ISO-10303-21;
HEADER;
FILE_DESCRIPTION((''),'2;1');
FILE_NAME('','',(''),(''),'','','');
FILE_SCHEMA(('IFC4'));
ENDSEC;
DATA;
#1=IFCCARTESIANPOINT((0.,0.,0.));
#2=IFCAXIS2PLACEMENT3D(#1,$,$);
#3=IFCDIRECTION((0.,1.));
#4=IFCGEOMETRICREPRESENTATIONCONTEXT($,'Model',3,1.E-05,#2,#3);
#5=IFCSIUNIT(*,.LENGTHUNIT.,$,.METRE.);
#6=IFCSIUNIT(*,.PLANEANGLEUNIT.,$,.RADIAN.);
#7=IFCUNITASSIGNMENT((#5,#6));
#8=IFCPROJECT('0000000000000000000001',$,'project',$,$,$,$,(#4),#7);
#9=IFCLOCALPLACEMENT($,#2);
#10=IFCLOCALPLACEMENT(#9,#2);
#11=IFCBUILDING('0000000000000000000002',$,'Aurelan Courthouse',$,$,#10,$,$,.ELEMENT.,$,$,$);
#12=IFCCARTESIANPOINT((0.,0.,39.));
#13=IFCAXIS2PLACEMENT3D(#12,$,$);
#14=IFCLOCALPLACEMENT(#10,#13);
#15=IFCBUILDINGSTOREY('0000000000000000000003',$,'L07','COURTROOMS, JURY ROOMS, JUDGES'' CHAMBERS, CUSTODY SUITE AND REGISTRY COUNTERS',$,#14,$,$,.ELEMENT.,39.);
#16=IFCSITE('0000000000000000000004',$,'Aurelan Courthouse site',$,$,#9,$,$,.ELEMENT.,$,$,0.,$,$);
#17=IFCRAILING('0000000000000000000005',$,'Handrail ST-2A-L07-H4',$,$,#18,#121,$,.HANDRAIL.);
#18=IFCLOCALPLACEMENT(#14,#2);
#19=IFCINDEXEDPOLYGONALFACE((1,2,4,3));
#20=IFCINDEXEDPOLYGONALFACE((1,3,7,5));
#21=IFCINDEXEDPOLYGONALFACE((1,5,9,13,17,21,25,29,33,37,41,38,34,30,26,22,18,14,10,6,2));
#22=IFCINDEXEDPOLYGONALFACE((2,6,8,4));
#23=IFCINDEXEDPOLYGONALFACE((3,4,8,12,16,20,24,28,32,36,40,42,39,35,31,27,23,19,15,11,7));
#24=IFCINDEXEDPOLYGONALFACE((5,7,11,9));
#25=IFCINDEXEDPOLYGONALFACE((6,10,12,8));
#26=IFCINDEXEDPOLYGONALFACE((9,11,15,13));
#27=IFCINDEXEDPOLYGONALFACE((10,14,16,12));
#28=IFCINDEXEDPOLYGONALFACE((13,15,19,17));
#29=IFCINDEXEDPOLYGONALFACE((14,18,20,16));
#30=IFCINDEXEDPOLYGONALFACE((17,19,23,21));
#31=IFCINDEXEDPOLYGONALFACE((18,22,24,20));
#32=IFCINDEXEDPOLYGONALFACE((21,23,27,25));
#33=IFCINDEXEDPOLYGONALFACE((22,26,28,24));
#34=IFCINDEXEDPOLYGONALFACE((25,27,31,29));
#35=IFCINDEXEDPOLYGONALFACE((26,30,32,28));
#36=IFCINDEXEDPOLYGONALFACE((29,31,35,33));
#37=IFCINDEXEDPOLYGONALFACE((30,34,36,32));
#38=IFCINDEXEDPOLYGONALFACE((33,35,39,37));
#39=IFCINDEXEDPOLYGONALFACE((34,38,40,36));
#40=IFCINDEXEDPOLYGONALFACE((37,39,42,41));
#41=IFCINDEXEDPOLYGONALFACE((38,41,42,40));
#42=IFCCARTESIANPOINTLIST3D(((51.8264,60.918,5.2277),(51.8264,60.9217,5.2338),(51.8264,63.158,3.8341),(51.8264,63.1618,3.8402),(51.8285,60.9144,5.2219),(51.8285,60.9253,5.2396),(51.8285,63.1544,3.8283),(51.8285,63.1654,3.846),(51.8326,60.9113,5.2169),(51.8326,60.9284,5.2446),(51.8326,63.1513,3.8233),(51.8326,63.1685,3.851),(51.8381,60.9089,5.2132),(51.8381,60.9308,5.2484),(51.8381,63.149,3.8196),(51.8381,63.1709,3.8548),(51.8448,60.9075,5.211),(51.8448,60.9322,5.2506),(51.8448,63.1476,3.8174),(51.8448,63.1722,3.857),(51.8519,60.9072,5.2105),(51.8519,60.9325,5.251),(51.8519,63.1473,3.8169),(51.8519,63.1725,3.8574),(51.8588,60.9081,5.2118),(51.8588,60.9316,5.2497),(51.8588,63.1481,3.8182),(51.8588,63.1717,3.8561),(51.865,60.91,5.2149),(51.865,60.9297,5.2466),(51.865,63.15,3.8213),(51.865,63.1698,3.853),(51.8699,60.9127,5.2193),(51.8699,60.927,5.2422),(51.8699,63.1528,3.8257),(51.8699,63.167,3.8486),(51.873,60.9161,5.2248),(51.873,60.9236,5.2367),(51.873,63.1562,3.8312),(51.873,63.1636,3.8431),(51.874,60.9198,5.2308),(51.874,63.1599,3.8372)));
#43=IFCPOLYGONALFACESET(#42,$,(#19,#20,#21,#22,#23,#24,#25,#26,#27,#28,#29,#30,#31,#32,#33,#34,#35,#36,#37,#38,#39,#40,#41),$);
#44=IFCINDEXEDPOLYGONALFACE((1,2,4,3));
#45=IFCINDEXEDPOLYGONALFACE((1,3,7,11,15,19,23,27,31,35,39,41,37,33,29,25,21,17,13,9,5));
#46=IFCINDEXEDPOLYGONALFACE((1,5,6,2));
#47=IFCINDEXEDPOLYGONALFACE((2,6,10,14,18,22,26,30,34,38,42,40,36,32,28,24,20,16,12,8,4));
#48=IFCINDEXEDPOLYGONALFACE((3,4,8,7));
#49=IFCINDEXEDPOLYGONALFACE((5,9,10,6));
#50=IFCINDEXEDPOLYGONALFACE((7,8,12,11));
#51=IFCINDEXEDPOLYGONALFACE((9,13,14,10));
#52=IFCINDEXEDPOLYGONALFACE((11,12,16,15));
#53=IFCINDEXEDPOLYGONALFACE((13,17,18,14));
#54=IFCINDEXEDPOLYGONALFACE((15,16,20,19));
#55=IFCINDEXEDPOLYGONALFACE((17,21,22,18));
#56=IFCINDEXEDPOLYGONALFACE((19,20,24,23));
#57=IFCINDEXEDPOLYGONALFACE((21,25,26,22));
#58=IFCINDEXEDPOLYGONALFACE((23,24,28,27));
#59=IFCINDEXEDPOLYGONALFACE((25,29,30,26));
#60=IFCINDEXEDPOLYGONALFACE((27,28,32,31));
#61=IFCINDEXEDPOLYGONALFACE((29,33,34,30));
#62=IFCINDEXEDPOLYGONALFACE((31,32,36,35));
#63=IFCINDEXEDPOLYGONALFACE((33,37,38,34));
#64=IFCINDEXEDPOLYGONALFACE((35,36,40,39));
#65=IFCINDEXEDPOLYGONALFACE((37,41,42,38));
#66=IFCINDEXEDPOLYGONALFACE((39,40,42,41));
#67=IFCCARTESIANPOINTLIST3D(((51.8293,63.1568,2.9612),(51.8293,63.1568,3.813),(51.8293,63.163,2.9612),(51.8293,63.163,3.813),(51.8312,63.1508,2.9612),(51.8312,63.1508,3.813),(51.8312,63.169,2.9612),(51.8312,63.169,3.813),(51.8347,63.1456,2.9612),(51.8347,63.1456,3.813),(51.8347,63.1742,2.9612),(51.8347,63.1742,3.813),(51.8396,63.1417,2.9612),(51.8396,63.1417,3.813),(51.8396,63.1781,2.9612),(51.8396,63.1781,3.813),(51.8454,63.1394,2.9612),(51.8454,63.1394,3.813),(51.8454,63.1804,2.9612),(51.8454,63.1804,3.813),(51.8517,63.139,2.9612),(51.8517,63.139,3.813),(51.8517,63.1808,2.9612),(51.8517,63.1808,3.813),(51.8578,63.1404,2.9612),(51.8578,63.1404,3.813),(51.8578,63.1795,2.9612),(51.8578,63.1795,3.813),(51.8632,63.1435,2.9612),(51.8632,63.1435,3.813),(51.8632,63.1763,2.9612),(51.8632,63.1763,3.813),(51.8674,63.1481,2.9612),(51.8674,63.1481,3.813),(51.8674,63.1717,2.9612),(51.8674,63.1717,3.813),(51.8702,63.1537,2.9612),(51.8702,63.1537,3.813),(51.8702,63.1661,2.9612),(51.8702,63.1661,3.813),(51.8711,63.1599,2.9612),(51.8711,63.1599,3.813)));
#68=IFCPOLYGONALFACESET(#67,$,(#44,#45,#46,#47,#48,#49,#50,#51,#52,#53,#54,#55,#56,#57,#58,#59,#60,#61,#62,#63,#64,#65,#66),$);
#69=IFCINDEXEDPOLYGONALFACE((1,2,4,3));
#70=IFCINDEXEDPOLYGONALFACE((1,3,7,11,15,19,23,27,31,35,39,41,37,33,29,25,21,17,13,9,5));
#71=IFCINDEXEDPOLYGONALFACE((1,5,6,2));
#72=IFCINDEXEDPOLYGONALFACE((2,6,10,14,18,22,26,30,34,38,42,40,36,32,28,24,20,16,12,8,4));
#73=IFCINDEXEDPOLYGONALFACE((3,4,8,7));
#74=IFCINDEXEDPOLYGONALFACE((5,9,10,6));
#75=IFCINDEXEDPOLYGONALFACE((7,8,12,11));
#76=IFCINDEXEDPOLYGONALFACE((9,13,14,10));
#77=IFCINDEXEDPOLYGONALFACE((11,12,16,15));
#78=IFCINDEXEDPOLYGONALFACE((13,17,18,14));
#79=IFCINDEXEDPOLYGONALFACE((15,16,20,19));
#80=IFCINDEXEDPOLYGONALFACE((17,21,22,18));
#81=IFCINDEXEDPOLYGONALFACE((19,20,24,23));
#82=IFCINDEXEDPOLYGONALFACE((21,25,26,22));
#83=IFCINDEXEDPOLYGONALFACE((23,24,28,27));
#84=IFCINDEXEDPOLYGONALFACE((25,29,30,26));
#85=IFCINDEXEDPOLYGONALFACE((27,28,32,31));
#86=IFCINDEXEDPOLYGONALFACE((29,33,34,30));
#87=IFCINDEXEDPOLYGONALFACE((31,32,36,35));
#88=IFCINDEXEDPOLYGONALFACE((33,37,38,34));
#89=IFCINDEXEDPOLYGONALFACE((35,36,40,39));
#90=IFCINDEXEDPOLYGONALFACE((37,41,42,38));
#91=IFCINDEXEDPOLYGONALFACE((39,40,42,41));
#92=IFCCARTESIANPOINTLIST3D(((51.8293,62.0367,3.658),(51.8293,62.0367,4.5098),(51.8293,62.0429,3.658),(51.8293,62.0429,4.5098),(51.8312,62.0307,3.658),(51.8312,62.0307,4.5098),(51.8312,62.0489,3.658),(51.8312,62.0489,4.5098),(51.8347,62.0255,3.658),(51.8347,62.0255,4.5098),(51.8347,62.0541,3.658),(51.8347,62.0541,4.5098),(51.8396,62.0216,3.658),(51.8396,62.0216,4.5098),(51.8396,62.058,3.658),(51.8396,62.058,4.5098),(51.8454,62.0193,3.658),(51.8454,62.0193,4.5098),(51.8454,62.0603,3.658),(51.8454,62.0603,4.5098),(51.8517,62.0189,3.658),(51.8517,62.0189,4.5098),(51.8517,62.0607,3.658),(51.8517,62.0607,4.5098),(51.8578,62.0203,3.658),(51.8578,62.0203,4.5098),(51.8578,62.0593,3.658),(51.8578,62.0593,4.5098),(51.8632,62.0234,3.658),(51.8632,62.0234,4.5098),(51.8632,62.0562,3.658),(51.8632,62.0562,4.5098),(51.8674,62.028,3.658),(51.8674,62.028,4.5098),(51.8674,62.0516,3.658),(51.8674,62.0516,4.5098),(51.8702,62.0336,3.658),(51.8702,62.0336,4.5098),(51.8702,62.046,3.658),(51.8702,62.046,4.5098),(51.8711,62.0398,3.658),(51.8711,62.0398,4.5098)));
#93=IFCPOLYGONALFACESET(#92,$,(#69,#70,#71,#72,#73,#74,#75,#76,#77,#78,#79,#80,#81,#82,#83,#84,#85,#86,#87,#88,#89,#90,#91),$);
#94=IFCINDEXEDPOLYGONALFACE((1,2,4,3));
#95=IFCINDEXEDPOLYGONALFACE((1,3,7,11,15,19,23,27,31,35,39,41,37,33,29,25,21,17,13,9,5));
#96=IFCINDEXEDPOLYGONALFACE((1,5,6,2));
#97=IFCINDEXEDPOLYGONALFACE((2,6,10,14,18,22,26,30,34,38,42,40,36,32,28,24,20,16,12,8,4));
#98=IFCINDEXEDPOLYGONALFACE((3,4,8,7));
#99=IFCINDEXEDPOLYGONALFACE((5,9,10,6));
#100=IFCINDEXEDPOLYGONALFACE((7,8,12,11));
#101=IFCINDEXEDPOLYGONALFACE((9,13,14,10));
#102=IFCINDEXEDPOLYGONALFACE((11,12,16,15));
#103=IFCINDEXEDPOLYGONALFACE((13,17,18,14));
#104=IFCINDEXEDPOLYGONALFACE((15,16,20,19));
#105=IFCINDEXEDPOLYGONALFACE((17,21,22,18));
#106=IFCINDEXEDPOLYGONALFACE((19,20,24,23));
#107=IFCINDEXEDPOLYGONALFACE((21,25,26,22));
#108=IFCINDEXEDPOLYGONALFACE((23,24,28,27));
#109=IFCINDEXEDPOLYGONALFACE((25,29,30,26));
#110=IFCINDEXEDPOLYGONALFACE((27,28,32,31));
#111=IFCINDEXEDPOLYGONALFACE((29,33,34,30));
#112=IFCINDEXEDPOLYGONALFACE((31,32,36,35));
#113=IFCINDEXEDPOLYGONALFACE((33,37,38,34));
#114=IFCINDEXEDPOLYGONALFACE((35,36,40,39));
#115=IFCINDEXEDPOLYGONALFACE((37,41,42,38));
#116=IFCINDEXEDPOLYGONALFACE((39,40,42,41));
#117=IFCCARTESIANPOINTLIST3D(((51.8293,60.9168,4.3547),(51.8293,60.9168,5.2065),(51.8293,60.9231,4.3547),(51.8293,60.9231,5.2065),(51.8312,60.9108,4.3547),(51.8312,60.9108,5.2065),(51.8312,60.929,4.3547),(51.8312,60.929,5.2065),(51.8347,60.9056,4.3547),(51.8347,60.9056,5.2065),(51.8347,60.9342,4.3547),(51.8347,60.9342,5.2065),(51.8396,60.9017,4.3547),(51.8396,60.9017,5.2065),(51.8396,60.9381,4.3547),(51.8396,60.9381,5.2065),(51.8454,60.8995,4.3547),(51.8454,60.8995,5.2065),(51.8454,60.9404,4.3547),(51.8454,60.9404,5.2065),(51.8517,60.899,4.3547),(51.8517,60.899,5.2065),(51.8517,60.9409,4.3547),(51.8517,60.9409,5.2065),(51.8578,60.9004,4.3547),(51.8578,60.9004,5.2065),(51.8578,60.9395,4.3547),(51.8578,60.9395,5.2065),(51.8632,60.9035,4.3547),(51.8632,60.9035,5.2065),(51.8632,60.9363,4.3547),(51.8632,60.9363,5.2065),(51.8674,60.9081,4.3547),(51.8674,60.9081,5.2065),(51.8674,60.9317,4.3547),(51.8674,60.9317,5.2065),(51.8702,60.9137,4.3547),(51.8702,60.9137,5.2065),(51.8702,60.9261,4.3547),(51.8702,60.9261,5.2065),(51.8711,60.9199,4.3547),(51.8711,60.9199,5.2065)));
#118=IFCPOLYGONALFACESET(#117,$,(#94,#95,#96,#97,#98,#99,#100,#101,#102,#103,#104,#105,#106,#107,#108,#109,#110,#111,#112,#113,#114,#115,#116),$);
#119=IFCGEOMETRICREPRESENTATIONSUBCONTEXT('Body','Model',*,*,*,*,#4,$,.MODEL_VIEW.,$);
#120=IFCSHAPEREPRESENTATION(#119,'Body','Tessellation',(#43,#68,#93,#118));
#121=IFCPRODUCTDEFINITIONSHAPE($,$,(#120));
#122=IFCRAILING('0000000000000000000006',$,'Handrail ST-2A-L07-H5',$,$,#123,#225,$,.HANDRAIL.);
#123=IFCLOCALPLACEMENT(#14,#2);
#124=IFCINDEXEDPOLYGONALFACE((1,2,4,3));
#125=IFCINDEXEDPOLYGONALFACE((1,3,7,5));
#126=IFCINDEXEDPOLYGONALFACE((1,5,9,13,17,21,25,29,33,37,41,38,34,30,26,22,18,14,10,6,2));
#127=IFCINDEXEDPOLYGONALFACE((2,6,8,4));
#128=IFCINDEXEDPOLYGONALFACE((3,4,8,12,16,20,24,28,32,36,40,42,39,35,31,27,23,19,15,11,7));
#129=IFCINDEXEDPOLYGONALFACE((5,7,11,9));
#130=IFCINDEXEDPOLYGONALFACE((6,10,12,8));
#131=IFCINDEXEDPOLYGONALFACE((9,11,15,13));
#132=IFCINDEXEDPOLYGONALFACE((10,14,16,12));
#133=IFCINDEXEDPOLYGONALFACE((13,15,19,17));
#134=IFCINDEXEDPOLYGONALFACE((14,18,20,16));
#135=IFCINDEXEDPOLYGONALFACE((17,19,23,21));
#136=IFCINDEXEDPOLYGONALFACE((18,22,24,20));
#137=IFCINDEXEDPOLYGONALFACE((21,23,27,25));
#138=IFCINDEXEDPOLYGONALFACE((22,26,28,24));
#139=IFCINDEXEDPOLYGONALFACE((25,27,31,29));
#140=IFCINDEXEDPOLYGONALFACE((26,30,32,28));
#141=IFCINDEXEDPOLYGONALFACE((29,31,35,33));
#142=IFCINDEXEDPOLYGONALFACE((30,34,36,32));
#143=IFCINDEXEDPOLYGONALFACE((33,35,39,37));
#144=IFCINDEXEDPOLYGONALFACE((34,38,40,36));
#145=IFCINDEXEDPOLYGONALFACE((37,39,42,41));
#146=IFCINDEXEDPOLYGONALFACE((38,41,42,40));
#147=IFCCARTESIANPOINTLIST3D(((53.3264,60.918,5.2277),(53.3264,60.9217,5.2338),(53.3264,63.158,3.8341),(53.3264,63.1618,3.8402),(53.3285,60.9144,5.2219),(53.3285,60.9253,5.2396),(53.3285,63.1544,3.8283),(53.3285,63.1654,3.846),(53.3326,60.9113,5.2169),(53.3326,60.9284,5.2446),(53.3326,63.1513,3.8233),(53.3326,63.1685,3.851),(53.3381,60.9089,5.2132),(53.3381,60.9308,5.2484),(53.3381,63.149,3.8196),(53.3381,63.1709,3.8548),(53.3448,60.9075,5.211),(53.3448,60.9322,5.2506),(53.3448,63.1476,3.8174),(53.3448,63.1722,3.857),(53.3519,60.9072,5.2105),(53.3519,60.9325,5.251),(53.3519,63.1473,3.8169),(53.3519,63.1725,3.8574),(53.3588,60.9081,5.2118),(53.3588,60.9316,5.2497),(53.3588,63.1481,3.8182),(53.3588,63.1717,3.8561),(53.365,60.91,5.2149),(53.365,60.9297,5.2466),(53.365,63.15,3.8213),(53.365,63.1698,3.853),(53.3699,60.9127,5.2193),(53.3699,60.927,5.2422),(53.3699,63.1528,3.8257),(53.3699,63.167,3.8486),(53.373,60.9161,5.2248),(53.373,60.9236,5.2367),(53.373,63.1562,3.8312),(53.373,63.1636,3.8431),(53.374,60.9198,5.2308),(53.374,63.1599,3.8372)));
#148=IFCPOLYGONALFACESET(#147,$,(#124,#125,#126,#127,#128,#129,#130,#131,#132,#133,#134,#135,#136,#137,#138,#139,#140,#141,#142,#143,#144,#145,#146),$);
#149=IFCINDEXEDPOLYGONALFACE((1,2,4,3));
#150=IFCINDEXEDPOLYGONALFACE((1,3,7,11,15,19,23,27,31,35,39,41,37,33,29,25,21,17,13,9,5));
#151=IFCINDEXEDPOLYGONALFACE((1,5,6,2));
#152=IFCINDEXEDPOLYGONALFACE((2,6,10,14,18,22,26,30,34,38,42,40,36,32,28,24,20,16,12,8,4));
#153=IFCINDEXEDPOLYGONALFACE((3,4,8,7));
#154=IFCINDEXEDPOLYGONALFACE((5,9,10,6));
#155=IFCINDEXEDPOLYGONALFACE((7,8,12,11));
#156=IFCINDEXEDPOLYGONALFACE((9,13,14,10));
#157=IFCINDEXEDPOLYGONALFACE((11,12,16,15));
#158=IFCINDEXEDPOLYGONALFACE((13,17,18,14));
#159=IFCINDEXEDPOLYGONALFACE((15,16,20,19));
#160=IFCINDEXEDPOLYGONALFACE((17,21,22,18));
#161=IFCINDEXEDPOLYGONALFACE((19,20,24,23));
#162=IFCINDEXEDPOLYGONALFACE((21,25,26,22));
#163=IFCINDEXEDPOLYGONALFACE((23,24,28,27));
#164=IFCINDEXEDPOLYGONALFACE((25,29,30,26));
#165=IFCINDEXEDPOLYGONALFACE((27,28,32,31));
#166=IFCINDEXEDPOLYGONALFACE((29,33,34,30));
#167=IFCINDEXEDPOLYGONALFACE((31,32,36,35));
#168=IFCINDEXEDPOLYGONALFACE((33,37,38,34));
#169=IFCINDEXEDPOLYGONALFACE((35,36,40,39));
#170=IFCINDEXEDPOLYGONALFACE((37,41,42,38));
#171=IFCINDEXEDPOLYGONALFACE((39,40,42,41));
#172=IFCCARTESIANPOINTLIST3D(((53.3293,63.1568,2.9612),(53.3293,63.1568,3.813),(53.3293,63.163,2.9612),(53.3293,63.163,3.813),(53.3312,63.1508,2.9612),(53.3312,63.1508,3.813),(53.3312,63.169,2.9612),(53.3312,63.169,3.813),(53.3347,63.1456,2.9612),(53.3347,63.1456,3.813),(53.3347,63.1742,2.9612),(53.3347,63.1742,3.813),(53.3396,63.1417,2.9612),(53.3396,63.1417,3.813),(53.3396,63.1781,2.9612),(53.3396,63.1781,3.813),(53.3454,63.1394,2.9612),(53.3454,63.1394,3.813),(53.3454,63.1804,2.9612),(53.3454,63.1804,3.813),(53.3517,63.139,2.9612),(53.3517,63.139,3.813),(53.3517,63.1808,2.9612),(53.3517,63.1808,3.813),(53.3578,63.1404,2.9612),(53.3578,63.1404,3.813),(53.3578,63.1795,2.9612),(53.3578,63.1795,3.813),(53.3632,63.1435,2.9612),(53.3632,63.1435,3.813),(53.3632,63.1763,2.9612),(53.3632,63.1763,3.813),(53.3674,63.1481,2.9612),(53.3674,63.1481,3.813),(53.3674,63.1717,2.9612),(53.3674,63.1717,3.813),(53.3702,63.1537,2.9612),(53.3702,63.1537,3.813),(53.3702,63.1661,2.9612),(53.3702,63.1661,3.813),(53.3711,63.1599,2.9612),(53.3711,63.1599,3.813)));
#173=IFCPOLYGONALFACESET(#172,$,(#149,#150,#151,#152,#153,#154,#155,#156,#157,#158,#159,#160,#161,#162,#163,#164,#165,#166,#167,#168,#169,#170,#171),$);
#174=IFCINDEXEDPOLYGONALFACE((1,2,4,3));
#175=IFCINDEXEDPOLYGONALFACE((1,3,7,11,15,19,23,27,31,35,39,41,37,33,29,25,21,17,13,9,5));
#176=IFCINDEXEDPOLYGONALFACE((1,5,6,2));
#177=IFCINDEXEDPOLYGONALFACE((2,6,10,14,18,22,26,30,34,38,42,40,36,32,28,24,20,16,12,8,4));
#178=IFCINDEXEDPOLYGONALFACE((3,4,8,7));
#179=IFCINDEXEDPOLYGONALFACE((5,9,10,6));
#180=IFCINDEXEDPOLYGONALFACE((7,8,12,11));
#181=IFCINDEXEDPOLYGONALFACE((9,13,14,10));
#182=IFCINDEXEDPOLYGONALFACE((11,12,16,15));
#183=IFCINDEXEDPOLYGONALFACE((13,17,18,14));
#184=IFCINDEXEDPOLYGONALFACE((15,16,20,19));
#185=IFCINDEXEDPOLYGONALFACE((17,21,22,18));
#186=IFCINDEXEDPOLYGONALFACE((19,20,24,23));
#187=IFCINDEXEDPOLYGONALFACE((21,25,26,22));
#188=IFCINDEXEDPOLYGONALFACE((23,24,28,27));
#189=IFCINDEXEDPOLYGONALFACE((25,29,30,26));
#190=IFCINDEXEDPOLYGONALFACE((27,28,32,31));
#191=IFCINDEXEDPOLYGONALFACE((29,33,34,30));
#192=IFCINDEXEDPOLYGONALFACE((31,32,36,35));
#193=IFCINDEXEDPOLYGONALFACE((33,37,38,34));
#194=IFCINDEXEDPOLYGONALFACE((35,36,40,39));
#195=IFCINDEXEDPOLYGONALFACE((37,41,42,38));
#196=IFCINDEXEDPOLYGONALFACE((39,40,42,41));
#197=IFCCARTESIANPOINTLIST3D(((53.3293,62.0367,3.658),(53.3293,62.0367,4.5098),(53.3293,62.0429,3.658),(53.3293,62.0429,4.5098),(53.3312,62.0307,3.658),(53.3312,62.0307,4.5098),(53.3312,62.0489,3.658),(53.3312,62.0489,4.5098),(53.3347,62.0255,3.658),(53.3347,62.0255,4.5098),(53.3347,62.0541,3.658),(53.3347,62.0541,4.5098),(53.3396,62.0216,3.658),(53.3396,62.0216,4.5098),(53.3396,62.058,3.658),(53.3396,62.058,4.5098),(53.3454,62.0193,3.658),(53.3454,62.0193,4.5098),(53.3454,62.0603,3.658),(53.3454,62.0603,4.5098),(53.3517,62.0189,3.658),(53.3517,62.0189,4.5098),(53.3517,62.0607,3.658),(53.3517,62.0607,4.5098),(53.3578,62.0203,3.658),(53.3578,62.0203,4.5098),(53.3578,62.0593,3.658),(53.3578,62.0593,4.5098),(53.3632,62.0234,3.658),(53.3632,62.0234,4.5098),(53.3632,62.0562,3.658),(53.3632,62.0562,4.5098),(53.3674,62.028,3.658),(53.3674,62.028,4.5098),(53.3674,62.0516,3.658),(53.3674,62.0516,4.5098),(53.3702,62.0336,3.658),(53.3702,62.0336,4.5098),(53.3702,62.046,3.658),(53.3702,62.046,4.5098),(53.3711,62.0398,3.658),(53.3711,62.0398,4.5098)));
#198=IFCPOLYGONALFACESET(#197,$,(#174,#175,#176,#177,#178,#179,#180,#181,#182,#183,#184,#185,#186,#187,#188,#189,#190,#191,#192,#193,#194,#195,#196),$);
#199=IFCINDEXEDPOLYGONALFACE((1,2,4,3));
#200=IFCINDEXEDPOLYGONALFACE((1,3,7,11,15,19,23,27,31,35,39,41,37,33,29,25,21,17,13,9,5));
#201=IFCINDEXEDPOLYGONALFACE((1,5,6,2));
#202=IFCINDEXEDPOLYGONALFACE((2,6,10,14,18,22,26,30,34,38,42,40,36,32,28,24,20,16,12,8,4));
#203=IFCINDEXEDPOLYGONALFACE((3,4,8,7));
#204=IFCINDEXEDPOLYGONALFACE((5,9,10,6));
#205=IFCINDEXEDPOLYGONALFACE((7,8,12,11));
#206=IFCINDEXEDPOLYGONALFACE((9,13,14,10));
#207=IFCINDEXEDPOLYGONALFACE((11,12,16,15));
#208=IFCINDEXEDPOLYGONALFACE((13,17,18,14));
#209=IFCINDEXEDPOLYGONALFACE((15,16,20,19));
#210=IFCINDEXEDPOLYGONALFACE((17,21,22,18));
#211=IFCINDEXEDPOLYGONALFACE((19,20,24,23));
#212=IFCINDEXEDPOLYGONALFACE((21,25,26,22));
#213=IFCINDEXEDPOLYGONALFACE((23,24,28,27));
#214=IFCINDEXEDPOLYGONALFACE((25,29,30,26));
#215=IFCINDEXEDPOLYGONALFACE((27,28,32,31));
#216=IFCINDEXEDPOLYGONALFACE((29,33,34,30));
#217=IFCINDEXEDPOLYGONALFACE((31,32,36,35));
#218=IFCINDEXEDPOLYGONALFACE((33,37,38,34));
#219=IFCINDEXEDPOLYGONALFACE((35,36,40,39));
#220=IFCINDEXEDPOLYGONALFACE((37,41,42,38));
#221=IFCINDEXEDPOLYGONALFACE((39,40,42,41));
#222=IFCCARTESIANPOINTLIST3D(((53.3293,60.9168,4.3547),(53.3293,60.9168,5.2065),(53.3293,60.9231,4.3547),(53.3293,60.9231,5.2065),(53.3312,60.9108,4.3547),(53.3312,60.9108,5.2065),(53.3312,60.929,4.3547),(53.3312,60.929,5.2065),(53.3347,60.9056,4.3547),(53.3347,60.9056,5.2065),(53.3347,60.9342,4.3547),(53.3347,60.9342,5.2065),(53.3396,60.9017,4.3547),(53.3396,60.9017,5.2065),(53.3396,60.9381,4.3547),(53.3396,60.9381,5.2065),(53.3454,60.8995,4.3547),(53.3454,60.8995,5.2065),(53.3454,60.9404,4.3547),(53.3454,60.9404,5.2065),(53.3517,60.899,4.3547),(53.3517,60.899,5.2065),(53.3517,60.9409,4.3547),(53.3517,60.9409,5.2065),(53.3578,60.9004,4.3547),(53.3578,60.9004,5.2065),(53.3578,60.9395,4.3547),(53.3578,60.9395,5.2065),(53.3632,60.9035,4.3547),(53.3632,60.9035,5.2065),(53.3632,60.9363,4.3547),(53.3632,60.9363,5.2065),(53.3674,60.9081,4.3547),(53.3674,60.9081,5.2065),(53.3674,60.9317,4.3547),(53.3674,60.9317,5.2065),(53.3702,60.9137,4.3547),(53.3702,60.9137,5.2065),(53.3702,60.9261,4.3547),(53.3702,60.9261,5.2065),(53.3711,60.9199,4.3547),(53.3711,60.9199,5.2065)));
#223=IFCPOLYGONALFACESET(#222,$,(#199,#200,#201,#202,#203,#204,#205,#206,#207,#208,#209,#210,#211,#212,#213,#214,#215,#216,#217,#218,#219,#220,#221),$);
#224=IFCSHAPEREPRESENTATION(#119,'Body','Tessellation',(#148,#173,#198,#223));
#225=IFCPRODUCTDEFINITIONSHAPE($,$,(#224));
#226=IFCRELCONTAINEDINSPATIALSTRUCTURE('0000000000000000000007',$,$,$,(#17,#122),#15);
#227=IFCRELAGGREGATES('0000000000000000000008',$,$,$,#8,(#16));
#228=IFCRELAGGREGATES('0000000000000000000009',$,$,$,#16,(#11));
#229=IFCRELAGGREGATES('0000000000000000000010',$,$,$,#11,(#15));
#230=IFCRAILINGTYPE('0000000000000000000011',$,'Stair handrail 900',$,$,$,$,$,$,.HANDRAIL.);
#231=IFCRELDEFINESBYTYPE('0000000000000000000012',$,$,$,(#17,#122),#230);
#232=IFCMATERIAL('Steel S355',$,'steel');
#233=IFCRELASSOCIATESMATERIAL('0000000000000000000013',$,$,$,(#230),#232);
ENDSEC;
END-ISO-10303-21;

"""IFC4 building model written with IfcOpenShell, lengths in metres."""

from ifc_helpers import new_model, si_unit, direction, frame, origin, origin_2d, place, context, subcontext, project, spatial, circle, extrude, material, type_object, element, save


model = new_model("IFC4")

# Units and contexts
model_context = context("Model", 3, precision=1e-05, world=origin(), true_north=direction((0.0, 1.0)))
body_context = subcontext(model_context, "Body", "Model", "MODEL_VIEW")
ifc_project = project(units=[si_unit("LENGTHUNIT", "METRE"), si_unit("PLANEANGLEUNIT", "RADIAN")], contexts=[model_context])

# Site, building, storey
site_placement = place(None, origin())
site = spatial("IfcSite", under=ifc_project, at=site_placement, Name="Aurelan Courthouse site", CompositionType="ELEMENT", RefElevation=0.0)
building_placement = place(site_placement, origin())
building = spatial("IfcBuilding", under=site, at=building_placement, Name="Aurelan Courthouse", CompositionType="ELEMENT")
storey_placement = place(building_placement, frame((0.0, 0.0, 39.0)))
storey = spatial("IfcBuildingStorey", under=building, at=storey_placement, Name="L07", Description="COURTROOMS, JURY ROOMS, JUDGES' CHAMBERS, CUSTODY SUITE AND REGISTRY COUNTERS", CompositionType="ELEMENT", Elevation=39.0)

# Shared definitions
ifc_material_1 = material(Name="Steel S355", Category="steel")

# Railings
railing_type_1 = type_object("IfcRailingType", Name="Stair handrail 900", PredefinedType="HANDRAIL", material=ifc_material_1)
for number, where, name in (
    (1, (51.8501, 63.1599, 2.9612), "Handrail ST-2A-L07-H4"),
    (2, (53.3501, 63.1599, 2.9612), "Handrail ST-2A-L07-H5"),
):
    element("IfcRailing", number, at=place(storey_placement, frame(where)), inside=storey, type_object=railing_type_1, Name=name, PredefinedType="HANDRAIL", context=body_context, shape_type="SweptSolid", body=[
        extrude(circle(Radius=0.0239, at=origin_2d()), frame((0.0, 0.0, 0.876), z_axis=(0.0, -0.849094, 0.528243), x_axis=(1.0, 0.0, 0.0)), (0.0, 0.0, 1.0), 2.6382),
        extrude(circle(Radius=0.021, at=origin_2d()), origin(), (0.0, 0.0, 1.0), 0.8518),
        extrude(circle(Radius=0.021, at=origin_2d()), frame((0.0, -1.1201, 0.6968)), (0.0, 0.0, 1.0), 0.8518),
        extrude(circle(Radius=0.021, at=origin_2d()), frame((0.0, -2.24, 1.3936)), (0.0, 0.0, 1.0), 0.8518),
    ])

save(model, "model.ifc")
